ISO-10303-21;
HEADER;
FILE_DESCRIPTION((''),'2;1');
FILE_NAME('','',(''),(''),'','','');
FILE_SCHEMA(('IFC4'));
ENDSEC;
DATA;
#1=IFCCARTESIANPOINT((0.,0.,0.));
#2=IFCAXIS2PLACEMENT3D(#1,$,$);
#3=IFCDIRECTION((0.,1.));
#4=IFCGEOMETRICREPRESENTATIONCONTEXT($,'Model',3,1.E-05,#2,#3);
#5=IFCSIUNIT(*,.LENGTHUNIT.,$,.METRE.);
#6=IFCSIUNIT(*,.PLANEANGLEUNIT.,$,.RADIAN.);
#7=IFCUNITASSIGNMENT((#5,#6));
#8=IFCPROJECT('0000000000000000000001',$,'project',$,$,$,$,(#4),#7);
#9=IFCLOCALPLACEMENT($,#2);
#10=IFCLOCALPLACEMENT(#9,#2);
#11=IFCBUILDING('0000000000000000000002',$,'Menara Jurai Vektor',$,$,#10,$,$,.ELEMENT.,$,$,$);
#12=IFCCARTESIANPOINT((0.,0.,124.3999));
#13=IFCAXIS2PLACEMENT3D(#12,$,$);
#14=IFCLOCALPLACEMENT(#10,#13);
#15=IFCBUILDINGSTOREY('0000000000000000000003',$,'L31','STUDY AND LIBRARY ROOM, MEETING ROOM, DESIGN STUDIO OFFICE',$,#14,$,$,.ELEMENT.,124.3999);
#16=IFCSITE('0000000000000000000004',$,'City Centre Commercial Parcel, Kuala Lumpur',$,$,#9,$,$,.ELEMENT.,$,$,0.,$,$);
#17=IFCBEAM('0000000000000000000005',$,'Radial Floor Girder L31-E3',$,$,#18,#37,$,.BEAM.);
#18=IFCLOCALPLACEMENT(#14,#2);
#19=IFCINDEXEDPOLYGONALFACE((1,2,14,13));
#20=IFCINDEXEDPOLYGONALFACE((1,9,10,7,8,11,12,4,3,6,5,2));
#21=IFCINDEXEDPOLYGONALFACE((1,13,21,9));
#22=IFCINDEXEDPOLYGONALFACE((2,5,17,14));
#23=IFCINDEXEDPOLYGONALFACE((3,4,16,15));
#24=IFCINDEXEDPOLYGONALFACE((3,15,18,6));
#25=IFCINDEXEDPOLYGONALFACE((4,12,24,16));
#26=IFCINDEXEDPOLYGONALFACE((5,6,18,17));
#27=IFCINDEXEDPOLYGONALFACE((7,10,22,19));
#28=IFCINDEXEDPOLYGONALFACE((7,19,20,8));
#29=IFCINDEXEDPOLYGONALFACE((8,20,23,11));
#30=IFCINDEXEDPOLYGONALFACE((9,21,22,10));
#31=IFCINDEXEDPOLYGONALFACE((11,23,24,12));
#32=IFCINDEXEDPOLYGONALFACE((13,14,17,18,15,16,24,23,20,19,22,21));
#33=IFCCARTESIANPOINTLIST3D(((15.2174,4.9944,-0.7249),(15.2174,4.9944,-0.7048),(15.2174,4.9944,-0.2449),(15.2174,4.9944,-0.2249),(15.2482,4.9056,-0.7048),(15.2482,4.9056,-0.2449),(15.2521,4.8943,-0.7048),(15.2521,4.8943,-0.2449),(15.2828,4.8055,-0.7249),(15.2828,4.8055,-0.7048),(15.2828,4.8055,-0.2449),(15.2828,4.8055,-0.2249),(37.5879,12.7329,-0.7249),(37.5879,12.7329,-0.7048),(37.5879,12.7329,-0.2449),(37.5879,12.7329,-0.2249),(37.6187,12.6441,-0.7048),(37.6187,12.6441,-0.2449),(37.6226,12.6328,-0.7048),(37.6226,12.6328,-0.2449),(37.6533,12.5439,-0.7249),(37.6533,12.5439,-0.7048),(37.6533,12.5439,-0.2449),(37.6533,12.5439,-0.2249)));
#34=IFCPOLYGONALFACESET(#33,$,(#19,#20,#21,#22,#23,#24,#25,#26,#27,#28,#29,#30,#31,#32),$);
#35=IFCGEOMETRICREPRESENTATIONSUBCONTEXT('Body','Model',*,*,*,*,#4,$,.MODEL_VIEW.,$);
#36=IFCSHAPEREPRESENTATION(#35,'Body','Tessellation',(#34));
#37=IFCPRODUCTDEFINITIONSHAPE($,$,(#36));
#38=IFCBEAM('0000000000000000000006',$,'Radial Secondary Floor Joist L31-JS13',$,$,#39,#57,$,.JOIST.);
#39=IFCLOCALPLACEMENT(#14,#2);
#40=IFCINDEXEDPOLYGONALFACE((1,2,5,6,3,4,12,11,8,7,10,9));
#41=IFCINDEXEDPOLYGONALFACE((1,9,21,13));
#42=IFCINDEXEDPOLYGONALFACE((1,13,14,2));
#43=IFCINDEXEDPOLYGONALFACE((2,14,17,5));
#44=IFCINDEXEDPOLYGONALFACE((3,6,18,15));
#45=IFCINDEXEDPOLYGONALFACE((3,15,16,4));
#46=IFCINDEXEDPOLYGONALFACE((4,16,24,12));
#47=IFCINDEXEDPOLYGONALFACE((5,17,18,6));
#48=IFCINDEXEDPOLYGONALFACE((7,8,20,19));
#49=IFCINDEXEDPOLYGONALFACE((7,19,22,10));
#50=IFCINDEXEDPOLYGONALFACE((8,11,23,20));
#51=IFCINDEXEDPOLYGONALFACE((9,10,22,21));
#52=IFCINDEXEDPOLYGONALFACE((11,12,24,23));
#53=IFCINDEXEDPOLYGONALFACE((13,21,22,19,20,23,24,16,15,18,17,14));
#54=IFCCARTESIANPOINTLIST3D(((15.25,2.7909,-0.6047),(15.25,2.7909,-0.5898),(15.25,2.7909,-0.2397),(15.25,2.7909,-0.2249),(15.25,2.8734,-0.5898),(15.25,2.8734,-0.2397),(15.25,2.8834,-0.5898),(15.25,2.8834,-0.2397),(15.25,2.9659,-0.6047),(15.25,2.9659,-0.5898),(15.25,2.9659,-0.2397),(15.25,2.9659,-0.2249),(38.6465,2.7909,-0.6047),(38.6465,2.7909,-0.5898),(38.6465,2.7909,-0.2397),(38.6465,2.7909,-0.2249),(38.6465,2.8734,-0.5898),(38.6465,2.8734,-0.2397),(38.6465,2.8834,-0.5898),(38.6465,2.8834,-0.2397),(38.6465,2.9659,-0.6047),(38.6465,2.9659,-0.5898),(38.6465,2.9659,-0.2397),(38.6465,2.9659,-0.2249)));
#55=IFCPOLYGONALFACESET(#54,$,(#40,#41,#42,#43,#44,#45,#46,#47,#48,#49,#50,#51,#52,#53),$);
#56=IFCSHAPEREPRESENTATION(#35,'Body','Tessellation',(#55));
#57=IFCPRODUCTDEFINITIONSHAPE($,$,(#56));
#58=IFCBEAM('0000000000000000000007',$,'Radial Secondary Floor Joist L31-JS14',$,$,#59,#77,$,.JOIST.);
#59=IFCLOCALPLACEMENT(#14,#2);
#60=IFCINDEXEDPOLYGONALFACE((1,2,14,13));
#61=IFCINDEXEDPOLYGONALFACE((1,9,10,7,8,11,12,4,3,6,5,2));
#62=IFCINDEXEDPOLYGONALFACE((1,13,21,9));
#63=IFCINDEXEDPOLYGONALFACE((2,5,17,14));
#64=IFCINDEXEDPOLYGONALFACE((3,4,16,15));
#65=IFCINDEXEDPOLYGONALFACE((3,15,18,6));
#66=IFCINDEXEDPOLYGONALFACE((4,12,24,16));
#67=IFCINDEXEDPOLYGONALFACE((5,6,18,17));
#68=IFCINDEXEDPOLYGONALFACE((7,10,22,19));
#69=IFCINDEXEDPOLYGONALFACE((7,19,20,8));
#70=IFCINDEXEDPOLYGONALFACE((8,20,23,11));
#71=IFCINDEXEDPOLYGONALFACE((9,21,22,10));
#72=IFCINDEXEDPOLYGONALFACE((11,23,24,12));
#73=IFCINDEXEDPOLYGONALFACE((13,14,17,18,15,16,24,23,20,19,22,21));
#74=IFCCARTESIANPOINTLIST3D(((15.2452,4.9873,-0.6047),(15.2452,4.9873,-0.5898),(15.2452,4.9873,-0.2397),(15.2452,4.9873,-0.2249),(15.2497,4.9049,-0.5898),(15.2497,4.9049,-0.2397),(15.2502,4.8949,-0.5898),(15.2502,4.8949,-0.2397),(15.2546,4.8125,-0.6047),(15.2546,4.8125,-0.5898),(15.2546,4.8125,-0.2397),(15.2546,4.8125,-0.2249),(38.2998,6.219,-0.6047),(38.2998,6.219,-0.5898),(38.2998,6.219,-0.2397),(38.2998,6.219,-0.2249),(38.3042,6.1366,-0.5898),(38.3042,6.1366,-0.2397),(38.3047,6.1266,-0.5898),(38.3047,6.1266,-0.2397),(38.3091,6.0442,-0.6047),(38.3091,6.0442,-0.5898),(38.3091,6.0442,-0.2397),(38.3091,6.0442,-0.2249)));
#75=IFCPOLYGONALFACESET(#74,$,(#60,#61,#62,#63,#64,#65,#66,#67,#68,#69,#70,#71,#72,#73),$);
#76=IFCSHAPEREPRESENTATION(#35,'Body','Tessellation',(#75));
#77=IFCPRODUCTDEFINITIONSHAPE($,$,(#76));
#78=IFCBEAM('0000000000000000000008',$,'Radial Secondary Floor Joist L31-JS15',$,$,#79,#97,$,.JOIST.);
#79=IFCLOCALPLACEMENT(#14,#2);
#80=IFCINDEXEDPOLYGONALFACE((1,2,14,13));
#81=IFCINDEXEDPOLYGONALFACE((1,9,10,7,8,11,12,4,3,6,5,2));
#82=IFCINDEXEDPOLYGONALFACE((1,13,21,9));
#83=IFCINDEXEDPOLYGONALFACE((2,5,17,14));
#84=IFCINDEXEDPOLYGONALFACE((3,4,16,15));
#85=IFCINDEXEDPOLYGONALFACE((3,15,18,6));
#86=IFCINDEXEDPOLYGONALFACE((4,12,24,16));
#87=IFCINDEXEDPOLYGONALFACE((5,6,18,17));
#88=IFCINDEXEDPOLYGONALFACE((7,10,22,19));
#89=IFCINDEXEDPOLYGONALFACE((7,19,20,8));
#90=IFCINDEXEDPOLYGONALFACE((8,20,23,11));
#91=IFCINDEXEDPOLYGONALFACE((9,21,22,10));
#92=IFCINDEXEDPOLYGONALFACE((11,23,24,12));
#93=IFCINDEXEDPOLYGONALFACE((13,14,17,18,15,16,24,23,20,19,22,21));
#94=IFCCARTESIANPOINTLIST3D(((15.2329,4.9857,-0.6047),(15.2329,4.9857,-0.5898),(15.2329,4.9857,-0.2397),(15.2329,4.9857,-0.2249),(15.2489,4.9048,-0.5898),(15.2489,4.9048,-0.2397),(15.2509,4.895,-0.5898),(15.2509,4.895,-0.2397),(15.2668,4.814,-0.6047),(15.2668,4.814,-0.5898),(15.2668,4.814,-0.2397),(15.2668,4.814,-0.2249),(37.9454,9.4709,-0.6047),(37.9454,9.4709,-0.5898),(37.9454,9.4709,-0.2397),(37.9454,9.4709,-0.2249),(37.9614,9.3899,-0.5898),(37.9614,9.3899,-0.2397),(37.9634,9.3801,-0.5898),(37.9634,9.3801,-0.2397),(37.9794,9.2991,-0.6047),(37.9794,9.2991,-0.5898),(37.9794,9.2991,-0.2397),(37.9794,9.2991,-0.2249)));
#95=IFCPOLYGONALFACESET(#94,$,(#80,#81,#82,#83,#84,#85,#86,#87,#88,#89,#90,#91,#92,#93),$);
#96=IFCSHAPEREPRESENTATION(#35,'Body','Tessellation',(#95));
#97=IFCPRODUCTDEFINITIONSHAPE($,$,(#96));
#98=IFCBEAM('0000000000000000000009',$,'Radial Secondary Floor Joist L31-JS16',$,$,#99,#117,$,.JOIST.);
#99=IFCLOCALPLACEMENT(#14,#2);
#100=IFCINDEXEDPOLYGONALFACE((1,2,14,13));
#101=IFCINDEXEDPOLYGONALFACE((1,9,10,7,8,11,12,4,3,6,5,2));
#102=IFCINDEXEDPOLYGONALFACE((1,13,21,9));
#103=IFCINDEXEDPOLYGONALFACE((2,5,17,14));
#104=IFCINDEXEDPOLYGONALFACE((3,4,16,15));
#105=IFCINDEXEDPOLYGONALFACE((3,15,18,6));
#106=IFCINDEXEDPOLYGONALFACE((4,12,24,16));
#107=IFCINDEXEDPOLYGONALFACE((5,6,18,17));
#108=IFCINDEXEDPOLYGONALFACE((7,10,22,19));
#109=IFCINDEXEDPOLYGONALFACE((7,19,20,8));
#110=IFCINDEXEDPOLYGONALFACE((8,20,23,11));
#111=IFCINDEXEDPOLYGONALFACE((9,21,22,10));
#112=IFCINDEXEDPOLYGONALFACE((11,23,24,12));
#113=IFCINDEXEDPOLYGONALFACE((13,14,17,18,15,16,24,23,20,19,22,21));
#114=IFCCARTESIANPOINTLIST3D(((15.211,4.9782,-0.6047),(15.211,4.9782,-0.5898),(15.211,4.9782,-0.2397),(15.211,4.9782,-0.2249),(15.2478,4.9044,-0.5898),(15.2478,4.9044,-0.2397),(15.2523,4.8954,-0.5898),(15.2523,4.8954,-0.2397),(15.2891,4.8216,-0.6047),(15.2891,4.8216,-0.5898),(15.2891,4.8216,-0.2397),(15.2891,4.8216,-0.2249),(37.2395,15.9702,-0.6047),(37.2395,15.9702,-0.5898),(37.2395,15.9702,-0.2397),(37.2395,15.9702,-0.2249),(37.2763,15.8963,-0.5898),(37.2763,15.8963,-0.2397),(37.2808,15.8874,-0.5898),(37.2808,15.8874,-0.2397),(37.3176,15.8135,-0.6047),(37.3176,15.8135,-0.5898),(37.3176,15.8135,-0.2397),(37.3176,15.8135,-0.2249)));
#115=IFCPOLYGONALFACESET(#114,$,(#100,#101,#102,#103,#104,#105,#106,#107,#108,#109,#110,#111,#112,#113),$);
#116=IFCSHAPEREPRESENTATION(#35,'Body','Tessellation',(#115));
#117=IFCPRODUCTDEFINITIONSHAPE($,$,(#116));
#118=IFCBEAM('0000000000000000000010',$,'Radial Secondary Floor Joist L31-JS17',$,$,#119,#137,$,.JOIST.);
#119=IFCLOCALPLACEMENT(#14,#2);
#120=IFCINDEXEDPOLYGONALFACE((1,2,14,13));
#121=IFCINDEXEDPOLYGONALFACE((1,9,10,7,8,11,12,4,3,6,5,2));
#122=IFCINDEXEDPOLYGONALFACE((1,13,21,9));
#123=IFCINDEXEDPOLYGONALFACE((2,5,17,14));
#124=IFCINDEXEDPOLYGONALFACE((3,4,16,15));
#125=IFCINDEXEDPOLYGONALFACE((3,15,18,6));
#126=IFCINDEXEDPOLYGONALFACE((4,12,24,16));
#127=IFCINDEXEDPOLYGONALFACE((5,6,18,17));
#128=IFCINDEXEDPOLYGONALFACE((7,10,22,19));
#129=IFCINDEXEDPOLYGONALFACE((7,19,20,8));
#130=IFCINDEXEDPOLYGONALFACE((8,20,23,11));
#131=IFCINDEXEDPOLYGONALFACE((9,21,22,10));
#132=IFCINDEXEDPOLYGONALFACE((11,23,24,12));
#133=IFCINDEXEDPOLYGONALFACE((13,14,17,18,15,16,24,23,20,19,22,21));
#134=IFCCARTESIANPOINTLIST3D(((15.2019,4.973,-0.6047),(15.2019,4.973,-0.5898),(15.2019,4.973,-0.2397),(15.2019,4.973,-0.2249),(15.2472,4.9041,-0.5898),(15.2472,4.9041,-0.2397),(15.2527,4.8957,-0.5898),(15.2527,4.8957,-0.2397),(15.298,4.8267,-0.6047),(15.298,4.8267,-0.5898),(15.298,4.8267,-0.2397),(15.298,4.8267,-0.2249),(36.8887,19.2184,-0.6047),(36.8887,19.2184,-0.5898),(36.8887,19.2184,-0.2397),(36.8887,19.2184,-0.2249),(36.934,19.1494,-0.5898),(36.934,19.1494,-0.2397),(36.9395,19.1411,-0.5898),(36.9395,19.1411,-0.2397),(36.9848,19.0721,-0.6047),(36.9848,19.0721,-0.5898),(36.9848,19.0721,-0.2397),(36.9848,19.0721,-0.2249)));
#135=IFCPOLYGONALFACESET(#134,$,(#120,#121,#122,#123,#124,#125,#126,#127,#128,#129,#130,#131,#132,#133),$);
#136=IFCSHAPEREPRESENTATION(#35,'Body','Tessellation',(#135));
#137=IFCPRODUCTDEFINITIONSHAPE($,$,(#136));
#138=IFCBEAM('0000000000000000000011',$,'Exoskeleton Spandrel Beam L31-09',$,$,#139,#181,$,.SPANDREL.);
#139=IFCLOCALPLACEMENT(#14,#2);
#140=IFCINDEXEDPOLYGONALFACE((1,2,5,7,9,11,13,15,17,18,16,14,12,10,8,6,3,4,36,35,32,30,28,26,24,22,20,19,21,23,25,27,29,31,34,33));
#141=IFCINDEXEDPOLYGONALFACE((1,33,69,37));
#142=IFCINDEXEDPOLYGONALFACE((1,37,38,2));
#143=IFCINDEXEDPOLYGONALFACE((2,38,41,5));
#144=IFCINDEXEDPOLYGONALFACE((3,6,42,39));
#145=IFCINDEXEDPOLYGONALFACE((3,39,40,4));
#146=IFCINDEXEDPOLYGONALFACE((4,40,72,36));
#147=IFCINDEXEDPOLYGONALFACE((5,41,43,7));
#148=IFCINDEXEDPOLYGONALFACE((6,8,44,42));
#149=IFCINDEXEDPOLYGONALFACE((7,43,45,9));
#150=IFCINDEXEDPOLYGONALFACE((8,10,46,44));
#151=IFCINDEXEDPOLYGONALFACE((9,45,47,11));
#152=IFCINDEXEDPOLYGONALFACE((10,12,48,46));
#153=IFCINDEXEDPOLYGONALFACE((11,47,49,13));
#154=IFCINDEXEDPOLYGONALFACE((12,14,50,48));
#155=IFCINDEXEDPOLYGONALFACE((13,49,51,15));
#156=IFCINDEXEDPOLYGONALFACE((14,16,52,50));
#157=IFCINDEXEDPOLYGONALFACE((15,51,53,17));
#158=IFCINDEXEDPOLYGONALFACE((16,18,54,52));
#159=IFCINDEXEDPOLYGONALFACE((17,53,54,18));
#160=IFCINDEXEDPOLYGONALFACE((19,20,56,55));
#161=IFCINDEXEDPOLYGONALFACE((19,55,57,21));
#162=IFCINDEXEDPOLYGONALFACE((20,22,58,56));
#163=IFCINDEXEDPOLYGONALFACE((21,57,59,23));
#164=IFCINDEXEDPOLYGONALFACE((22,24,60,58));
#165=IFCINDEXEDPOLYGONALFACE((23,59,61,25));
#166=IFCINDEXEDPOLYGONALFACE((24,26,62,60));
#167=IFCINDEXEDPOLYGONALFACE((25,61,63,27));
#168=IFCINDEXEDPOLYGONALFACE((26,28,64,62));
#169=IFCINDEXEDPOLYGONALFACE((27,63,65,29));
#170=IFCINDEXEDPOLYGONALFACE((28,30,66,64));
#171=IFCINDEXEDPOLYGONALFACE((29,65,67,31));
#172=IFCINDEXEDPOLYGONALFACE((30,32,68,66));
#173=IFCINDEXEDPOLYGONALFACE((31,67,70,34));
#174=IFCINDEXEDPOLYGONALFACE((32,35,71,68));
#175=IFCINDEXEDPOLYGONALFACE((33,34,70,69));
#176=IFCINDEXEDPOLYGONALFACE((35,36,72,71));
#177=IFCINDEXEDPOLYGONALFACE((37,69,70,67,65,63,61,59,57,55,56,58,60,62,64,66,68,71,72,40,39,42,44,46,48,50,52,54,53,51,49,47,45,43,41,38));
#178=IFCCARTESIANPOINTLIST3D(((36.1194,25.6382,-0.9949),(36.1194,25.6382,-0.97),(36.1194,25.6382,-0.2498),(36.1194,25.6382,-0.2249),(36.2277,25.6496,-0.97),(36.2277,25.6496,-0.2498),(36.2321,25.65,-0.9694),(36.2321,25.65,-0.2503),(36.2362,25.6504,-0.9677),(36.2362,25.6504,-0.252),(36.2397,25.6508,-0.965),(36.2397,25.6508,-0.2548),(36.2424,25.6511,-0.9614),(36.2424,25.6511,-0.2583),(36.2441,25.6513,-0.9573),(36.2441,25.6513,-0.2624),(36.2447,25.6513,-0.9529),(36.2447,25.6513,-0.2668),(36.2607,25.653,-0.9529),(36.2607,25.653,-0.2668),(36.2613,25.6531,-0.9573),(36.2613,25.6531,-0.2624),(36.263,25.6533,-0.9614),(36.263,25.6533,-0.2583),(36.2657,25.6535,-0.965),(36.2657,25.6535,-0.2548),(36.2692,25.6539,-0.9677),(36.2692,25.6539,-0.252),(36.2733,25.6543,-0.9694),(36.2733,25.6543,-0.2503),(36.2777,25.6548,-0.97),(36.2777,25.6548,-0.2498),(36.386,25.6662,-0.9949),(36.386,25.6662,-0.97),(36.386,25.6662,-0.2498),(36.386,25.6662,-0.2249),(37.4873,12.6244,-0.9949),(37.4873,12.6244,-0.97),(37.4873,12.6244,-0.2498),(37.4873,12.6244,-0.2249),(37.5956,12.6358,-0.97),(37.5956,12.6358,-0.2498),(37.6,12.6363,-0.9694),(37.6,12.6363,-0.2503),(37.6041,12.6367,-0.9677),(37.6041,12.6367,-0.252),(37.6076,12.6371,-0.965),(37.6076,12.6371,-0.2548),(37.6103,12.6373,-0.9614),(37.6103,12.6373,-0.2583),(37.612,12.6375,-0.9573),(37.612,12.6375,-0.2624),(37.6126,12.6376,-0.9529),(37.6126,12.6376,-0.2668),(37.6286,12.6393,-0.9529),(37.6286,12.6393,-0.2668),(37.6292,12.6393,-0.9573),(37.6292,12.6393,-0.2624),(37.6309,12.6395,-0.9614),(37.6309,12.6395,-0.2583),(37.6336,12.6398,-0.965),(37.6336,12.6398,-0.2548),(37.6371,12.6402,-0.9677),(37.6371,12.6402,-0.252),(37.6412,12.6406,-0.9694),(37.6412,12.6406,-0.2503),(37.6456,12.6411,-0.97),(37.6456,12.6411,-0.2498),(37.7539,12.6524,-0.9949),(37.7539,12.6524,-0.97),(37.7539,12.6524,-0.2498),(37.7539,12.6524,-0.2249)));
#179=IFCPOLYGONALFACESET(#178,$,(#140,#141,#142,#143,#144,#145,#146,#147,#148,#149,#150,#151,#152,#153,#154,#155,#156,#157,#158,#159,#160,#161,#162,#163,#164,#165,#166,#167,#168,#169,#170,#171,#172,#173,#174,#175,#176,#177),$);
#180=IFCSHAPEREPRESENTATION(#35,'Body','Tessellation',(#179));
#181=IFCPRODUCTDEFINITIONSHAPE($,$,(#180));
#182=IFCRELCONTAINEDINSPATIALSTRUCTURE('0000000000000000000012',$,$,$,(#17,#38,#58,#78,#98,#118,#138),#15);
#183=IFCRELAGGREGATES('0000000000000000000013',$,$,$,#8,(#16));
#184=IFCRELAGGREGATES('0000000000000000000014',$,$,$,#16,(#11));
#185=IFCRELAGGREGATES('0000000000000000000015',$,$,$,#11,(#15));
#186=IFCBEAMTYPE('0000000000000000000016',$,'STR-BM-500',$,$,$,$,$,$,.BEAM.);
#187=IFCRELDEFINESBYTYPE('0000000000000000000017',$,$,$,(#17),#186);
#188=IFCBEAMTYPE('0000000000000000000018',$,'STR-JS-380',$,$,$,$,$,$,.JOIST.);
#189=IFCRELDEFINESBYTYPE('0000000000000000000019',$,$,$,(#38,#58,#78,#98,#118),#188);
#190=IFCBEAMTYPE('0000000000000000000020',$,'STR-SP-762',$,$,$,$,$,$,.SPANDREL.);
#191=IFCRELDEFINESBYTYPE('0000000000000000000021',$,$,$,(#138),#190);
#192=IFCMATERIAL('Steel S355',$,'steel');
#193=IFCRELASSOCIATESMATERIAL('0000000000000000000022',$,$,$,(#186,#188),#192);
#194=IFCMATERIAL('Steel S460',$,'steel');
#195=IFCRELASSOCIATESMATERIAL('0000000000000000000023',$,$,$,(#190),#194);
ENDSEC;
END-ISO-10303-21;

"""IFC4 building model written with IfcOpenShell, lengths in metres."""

from ifc_helpers import new_model, si_unit, direction, frame, origin, origin_2d, place, context, subcontext, project, spatial, i_section, extrude, material, material_profile, profile_set, type_object, element, save


model = new_model("IFC4")

# Units and contexts
model_context = context("Model", 3, precision=1e-05, world=origin(), true_north=direction((0.0, 1.0)))
body_context = subcontext(model_context, "Body", "Model", "MODEL_VIEW")
ifc_project = project(units=[si_unit("LENGTHUNIT", "METRE"), si_unit("PLANEANGLEUNIT", "RADIAN")], contexts=[model_context])

# Site, building, storey
site_placement = place(None, origin())
site = spatial("IfcSite", under=ifc_project, at=site_placement, Name="City Centre Commercial Parcel, Kuala Lumpur", CompositionType="ELEMENT", RefElevation=0.0)
building_placement = place(site_placement, origin())
building = spatial("IfcBuilding", under=site, at=building_placement, Name="Menara Jurai Vektor", CompositionType="ELEMENT")
storey_placement = place(building_placement, frame((0.0, 0.0, 124.3999)))
storey = spatial("IfcBuildingStorey", under=building, at=storey_placement, Name="L31", Description="STUDY AND LIBRARY ROOM, MEETING ROOM, DESIGN STUDIO OFFICE", CompositionType="ELEMENT", Elevation=124.3999)

# Shared definitions
ifc_material_1 = material(Name="Steel S460", Category="steel")

# Beams
ifc_material_2 = material(Name="Steel S355", Category="steel")
ifc_material_profile_1 = material_profile(ifc_material_2, i_section(OverallWidth=0.2, OverallDepth=0.5, WebThickness=0.012, FlangeThickness=0.02, at=origin_2d()), Name="PG 500x200x96")
ifc_profile_set_1 = profile_set([ifc_material_profile_1], Name="Steel S355")
beam_type_1 = type_object("IfcBeamType", Name="STR-BM-500", PredefinedType="BEAM", material=ifc_profile_set_1)
beam_1_placement = place(storey_placement, frame((37.6206, 12.6384, -0.4749), z_axis=(-0.945053, -0.326916, 0.0), x_axis=(0.326916, -0.945053, 0.0)))
element("IfcBeam", 1, at=beam_1_placement, inside=storey, type_object=beam_type_1, Name="Radial Floor Girder L31-E3", PredefinedType="BEAM", context=body_context, shape_type="SweptSolid", body=[
    extrude(i_section(OverallWidth=0.2, OverallDepth=0.5, WebThickness=0.012, FlangeThickness=0.02, at=origin_2d()), origin(), (0.0, 0.0, 1.0), 23.6711),
])
ifc_material_profile_2 = material_profile(ifc_material_2, i_section(OverallWidth=0.175, OverallDepth=0.3799, WebThickness=0.01, FlangeThickness=0.0149, at=origin_2d()), Name="PG 380x175x58")
ifc_profile_set_2 = profile_set([ifc_material_profile_2], Name="Steel S355")
beam_type_2 = type_object("IfcBeamType", Name="STR-JS-380", PredefinedType="JOIST", material=ifc_profile_set_2)
beam_2_placement = place(storey_placement, frame((38.6465, 2.8784, -0.4148), z_axis=(-1.0, 0.0, 0.0), x_axis=(0.0, -1.0, 0.0)))
element("IfcBeam", 2, at=beam_2_placement, inside=storey, type_object=beam_type_2, Name="Radial Secondary Floor Joist L31-JS13", PredefinedType="JOIST", context=body_context, shape_type="SweptSolid", body=[
    extrude(i_section(OverallWidth=0.175, OverallDepth=0.3799, WebThickness=0.01, FlangeThickness=0.0149, at=origin_2d()), origin(), (0.0, 0.0, 1.0), 23.3965),
])
beam_3_placement = place(storey_placement, frame((38.3044, 6.1316, -0.4148), z_axis=(-0.998576, -0.053349, 0.0), x_axis=(0.053349, -0.998576, 0.0)))
element("IfcBeam", 3, at=beam_3_placement, inside=storey, type_object=beam_type_2, Name="Radial Secondary Floor Joist L31-JS14", PredefinedType="JOIST", context=body_context, shape_type="SweptSolid", body=[
    extrude(i_section(OverallWidth=0.175, OverallDepth=0.3799, WebThickness=0.01, FlangeThickness=0.0149, at=origin_2d()), origin(), (0.0, 0.0, 1.0), 23.0874),
])
beam_4_placement = place(storey_placement, frame((37.9624, 9.385, -0.4148), z_axis=(-0.981054, -0.193733, 0.0), x_axis=(0.193733, -0.981054, 0.0)))
element("IfcBeam", 4, at=beam_4_placement, inside=storey, type_object=beam_type_2, Name="Radial Secondary Floor Joist L31-JS15", PredefinedType="JOIST", context=body_context, shape_type="SweptSolid", body=[
    extrude(i_section(OverallWidth=0.175, OverallDepth=0.3799, WebThickness=0.01, FlangeThickness=0.0149, at=origin_2d()), origin(), (0.0, 0.0, 1.0), 23.1511),
])
beam_5_placement = place(storey_placement, frame((37.2786, 15.8918, -0.4148), z_axis=(-0.89479, -0.446488, 0.0), x_axis=(0.446488, -0.89479, 0.0)))
element("IfcBeam", 5, at=beam_5_placement, inside=storey, type_object=beam_type_2, Name="Radial Secondary Floor Joist L31-JS16", PredefinedType="JOIST", context=body_context, shape_type="SweptSolid", body=[
    extrude(i_section(OverallWidth=0.175, OverallDepth=0.3799, WebThickness=0.01, FlangeThickness=0.0149, at=origin_2d()), origin(), (0.0, 0.0, 1.0), 24.6187),
])
beam_6_placement = place(storey_placement, frame((36.9368, 19.1453, -0.4148), z_axis=(-0.835811, -0.549018, 0.0), x_axis=(0.549018, -0.835811, 0.0)))
element("IfcBeam", 6, at=beam_6_placement, inside=storey, type_object=beam_type_2, Name="Radial Secondary Floor Joist L31-JS17", PredefinedType="JOIST", context=body_context, shape_type="SweptSolid", body=[
    extrude(i_section(OverallWidth=0.175, OverallDepth=0.3799, WebThickness=0.01, FlangeThickness=0.0149, at=origin_2d()), origin(), (0.0, 0.0, 1.0), 25.947),
])
ifc_material_profile_3 = material_profile(ifc_material_1, i_section(OverallWidth=0.2681, OverallDepth=0.77, WebThickness=0.0161, FlangeThickness=0.0249, FilletRadius=0.0171, at=origin_2d()), Name="UKB 762x267x197")
ifc_profile_set_3 = profile_set([ifc_material_profile_3], Name="Steel S460")
beam_type_3 = type_object("IfcBeamType", Name="STR-SP-762", PredefinedType="SPANDREL", material=ifc_profile_set_3)
beam_7_placement = place(storey_placement, frame((37.6206, 12.6384, -0.6099), z_axis=(-0.104538, 0.994521, 0.0), x_axis=(-0.994521, -0.104538, 0.0)))
element("IfcBeam", 7, at=beam_7_placement, inside=storey, type_object=beam_type_3, Name="Exoskeleton Spandrel Beam L31-09", PredefinedType="SPANDREL", context=body_context, shape_type="SweptSolid", body=[
    extrude(i_section(OverallWidth=0.2681, OverallDepth=0.77, WebThickness=0.0161, FlangeThickness=0.0249, FilletRadius=0.0171, at=origin_2d()), origin(), (0.0, 0.0, 1.0), 13.0854),
])

save(model, "model.ifc")
